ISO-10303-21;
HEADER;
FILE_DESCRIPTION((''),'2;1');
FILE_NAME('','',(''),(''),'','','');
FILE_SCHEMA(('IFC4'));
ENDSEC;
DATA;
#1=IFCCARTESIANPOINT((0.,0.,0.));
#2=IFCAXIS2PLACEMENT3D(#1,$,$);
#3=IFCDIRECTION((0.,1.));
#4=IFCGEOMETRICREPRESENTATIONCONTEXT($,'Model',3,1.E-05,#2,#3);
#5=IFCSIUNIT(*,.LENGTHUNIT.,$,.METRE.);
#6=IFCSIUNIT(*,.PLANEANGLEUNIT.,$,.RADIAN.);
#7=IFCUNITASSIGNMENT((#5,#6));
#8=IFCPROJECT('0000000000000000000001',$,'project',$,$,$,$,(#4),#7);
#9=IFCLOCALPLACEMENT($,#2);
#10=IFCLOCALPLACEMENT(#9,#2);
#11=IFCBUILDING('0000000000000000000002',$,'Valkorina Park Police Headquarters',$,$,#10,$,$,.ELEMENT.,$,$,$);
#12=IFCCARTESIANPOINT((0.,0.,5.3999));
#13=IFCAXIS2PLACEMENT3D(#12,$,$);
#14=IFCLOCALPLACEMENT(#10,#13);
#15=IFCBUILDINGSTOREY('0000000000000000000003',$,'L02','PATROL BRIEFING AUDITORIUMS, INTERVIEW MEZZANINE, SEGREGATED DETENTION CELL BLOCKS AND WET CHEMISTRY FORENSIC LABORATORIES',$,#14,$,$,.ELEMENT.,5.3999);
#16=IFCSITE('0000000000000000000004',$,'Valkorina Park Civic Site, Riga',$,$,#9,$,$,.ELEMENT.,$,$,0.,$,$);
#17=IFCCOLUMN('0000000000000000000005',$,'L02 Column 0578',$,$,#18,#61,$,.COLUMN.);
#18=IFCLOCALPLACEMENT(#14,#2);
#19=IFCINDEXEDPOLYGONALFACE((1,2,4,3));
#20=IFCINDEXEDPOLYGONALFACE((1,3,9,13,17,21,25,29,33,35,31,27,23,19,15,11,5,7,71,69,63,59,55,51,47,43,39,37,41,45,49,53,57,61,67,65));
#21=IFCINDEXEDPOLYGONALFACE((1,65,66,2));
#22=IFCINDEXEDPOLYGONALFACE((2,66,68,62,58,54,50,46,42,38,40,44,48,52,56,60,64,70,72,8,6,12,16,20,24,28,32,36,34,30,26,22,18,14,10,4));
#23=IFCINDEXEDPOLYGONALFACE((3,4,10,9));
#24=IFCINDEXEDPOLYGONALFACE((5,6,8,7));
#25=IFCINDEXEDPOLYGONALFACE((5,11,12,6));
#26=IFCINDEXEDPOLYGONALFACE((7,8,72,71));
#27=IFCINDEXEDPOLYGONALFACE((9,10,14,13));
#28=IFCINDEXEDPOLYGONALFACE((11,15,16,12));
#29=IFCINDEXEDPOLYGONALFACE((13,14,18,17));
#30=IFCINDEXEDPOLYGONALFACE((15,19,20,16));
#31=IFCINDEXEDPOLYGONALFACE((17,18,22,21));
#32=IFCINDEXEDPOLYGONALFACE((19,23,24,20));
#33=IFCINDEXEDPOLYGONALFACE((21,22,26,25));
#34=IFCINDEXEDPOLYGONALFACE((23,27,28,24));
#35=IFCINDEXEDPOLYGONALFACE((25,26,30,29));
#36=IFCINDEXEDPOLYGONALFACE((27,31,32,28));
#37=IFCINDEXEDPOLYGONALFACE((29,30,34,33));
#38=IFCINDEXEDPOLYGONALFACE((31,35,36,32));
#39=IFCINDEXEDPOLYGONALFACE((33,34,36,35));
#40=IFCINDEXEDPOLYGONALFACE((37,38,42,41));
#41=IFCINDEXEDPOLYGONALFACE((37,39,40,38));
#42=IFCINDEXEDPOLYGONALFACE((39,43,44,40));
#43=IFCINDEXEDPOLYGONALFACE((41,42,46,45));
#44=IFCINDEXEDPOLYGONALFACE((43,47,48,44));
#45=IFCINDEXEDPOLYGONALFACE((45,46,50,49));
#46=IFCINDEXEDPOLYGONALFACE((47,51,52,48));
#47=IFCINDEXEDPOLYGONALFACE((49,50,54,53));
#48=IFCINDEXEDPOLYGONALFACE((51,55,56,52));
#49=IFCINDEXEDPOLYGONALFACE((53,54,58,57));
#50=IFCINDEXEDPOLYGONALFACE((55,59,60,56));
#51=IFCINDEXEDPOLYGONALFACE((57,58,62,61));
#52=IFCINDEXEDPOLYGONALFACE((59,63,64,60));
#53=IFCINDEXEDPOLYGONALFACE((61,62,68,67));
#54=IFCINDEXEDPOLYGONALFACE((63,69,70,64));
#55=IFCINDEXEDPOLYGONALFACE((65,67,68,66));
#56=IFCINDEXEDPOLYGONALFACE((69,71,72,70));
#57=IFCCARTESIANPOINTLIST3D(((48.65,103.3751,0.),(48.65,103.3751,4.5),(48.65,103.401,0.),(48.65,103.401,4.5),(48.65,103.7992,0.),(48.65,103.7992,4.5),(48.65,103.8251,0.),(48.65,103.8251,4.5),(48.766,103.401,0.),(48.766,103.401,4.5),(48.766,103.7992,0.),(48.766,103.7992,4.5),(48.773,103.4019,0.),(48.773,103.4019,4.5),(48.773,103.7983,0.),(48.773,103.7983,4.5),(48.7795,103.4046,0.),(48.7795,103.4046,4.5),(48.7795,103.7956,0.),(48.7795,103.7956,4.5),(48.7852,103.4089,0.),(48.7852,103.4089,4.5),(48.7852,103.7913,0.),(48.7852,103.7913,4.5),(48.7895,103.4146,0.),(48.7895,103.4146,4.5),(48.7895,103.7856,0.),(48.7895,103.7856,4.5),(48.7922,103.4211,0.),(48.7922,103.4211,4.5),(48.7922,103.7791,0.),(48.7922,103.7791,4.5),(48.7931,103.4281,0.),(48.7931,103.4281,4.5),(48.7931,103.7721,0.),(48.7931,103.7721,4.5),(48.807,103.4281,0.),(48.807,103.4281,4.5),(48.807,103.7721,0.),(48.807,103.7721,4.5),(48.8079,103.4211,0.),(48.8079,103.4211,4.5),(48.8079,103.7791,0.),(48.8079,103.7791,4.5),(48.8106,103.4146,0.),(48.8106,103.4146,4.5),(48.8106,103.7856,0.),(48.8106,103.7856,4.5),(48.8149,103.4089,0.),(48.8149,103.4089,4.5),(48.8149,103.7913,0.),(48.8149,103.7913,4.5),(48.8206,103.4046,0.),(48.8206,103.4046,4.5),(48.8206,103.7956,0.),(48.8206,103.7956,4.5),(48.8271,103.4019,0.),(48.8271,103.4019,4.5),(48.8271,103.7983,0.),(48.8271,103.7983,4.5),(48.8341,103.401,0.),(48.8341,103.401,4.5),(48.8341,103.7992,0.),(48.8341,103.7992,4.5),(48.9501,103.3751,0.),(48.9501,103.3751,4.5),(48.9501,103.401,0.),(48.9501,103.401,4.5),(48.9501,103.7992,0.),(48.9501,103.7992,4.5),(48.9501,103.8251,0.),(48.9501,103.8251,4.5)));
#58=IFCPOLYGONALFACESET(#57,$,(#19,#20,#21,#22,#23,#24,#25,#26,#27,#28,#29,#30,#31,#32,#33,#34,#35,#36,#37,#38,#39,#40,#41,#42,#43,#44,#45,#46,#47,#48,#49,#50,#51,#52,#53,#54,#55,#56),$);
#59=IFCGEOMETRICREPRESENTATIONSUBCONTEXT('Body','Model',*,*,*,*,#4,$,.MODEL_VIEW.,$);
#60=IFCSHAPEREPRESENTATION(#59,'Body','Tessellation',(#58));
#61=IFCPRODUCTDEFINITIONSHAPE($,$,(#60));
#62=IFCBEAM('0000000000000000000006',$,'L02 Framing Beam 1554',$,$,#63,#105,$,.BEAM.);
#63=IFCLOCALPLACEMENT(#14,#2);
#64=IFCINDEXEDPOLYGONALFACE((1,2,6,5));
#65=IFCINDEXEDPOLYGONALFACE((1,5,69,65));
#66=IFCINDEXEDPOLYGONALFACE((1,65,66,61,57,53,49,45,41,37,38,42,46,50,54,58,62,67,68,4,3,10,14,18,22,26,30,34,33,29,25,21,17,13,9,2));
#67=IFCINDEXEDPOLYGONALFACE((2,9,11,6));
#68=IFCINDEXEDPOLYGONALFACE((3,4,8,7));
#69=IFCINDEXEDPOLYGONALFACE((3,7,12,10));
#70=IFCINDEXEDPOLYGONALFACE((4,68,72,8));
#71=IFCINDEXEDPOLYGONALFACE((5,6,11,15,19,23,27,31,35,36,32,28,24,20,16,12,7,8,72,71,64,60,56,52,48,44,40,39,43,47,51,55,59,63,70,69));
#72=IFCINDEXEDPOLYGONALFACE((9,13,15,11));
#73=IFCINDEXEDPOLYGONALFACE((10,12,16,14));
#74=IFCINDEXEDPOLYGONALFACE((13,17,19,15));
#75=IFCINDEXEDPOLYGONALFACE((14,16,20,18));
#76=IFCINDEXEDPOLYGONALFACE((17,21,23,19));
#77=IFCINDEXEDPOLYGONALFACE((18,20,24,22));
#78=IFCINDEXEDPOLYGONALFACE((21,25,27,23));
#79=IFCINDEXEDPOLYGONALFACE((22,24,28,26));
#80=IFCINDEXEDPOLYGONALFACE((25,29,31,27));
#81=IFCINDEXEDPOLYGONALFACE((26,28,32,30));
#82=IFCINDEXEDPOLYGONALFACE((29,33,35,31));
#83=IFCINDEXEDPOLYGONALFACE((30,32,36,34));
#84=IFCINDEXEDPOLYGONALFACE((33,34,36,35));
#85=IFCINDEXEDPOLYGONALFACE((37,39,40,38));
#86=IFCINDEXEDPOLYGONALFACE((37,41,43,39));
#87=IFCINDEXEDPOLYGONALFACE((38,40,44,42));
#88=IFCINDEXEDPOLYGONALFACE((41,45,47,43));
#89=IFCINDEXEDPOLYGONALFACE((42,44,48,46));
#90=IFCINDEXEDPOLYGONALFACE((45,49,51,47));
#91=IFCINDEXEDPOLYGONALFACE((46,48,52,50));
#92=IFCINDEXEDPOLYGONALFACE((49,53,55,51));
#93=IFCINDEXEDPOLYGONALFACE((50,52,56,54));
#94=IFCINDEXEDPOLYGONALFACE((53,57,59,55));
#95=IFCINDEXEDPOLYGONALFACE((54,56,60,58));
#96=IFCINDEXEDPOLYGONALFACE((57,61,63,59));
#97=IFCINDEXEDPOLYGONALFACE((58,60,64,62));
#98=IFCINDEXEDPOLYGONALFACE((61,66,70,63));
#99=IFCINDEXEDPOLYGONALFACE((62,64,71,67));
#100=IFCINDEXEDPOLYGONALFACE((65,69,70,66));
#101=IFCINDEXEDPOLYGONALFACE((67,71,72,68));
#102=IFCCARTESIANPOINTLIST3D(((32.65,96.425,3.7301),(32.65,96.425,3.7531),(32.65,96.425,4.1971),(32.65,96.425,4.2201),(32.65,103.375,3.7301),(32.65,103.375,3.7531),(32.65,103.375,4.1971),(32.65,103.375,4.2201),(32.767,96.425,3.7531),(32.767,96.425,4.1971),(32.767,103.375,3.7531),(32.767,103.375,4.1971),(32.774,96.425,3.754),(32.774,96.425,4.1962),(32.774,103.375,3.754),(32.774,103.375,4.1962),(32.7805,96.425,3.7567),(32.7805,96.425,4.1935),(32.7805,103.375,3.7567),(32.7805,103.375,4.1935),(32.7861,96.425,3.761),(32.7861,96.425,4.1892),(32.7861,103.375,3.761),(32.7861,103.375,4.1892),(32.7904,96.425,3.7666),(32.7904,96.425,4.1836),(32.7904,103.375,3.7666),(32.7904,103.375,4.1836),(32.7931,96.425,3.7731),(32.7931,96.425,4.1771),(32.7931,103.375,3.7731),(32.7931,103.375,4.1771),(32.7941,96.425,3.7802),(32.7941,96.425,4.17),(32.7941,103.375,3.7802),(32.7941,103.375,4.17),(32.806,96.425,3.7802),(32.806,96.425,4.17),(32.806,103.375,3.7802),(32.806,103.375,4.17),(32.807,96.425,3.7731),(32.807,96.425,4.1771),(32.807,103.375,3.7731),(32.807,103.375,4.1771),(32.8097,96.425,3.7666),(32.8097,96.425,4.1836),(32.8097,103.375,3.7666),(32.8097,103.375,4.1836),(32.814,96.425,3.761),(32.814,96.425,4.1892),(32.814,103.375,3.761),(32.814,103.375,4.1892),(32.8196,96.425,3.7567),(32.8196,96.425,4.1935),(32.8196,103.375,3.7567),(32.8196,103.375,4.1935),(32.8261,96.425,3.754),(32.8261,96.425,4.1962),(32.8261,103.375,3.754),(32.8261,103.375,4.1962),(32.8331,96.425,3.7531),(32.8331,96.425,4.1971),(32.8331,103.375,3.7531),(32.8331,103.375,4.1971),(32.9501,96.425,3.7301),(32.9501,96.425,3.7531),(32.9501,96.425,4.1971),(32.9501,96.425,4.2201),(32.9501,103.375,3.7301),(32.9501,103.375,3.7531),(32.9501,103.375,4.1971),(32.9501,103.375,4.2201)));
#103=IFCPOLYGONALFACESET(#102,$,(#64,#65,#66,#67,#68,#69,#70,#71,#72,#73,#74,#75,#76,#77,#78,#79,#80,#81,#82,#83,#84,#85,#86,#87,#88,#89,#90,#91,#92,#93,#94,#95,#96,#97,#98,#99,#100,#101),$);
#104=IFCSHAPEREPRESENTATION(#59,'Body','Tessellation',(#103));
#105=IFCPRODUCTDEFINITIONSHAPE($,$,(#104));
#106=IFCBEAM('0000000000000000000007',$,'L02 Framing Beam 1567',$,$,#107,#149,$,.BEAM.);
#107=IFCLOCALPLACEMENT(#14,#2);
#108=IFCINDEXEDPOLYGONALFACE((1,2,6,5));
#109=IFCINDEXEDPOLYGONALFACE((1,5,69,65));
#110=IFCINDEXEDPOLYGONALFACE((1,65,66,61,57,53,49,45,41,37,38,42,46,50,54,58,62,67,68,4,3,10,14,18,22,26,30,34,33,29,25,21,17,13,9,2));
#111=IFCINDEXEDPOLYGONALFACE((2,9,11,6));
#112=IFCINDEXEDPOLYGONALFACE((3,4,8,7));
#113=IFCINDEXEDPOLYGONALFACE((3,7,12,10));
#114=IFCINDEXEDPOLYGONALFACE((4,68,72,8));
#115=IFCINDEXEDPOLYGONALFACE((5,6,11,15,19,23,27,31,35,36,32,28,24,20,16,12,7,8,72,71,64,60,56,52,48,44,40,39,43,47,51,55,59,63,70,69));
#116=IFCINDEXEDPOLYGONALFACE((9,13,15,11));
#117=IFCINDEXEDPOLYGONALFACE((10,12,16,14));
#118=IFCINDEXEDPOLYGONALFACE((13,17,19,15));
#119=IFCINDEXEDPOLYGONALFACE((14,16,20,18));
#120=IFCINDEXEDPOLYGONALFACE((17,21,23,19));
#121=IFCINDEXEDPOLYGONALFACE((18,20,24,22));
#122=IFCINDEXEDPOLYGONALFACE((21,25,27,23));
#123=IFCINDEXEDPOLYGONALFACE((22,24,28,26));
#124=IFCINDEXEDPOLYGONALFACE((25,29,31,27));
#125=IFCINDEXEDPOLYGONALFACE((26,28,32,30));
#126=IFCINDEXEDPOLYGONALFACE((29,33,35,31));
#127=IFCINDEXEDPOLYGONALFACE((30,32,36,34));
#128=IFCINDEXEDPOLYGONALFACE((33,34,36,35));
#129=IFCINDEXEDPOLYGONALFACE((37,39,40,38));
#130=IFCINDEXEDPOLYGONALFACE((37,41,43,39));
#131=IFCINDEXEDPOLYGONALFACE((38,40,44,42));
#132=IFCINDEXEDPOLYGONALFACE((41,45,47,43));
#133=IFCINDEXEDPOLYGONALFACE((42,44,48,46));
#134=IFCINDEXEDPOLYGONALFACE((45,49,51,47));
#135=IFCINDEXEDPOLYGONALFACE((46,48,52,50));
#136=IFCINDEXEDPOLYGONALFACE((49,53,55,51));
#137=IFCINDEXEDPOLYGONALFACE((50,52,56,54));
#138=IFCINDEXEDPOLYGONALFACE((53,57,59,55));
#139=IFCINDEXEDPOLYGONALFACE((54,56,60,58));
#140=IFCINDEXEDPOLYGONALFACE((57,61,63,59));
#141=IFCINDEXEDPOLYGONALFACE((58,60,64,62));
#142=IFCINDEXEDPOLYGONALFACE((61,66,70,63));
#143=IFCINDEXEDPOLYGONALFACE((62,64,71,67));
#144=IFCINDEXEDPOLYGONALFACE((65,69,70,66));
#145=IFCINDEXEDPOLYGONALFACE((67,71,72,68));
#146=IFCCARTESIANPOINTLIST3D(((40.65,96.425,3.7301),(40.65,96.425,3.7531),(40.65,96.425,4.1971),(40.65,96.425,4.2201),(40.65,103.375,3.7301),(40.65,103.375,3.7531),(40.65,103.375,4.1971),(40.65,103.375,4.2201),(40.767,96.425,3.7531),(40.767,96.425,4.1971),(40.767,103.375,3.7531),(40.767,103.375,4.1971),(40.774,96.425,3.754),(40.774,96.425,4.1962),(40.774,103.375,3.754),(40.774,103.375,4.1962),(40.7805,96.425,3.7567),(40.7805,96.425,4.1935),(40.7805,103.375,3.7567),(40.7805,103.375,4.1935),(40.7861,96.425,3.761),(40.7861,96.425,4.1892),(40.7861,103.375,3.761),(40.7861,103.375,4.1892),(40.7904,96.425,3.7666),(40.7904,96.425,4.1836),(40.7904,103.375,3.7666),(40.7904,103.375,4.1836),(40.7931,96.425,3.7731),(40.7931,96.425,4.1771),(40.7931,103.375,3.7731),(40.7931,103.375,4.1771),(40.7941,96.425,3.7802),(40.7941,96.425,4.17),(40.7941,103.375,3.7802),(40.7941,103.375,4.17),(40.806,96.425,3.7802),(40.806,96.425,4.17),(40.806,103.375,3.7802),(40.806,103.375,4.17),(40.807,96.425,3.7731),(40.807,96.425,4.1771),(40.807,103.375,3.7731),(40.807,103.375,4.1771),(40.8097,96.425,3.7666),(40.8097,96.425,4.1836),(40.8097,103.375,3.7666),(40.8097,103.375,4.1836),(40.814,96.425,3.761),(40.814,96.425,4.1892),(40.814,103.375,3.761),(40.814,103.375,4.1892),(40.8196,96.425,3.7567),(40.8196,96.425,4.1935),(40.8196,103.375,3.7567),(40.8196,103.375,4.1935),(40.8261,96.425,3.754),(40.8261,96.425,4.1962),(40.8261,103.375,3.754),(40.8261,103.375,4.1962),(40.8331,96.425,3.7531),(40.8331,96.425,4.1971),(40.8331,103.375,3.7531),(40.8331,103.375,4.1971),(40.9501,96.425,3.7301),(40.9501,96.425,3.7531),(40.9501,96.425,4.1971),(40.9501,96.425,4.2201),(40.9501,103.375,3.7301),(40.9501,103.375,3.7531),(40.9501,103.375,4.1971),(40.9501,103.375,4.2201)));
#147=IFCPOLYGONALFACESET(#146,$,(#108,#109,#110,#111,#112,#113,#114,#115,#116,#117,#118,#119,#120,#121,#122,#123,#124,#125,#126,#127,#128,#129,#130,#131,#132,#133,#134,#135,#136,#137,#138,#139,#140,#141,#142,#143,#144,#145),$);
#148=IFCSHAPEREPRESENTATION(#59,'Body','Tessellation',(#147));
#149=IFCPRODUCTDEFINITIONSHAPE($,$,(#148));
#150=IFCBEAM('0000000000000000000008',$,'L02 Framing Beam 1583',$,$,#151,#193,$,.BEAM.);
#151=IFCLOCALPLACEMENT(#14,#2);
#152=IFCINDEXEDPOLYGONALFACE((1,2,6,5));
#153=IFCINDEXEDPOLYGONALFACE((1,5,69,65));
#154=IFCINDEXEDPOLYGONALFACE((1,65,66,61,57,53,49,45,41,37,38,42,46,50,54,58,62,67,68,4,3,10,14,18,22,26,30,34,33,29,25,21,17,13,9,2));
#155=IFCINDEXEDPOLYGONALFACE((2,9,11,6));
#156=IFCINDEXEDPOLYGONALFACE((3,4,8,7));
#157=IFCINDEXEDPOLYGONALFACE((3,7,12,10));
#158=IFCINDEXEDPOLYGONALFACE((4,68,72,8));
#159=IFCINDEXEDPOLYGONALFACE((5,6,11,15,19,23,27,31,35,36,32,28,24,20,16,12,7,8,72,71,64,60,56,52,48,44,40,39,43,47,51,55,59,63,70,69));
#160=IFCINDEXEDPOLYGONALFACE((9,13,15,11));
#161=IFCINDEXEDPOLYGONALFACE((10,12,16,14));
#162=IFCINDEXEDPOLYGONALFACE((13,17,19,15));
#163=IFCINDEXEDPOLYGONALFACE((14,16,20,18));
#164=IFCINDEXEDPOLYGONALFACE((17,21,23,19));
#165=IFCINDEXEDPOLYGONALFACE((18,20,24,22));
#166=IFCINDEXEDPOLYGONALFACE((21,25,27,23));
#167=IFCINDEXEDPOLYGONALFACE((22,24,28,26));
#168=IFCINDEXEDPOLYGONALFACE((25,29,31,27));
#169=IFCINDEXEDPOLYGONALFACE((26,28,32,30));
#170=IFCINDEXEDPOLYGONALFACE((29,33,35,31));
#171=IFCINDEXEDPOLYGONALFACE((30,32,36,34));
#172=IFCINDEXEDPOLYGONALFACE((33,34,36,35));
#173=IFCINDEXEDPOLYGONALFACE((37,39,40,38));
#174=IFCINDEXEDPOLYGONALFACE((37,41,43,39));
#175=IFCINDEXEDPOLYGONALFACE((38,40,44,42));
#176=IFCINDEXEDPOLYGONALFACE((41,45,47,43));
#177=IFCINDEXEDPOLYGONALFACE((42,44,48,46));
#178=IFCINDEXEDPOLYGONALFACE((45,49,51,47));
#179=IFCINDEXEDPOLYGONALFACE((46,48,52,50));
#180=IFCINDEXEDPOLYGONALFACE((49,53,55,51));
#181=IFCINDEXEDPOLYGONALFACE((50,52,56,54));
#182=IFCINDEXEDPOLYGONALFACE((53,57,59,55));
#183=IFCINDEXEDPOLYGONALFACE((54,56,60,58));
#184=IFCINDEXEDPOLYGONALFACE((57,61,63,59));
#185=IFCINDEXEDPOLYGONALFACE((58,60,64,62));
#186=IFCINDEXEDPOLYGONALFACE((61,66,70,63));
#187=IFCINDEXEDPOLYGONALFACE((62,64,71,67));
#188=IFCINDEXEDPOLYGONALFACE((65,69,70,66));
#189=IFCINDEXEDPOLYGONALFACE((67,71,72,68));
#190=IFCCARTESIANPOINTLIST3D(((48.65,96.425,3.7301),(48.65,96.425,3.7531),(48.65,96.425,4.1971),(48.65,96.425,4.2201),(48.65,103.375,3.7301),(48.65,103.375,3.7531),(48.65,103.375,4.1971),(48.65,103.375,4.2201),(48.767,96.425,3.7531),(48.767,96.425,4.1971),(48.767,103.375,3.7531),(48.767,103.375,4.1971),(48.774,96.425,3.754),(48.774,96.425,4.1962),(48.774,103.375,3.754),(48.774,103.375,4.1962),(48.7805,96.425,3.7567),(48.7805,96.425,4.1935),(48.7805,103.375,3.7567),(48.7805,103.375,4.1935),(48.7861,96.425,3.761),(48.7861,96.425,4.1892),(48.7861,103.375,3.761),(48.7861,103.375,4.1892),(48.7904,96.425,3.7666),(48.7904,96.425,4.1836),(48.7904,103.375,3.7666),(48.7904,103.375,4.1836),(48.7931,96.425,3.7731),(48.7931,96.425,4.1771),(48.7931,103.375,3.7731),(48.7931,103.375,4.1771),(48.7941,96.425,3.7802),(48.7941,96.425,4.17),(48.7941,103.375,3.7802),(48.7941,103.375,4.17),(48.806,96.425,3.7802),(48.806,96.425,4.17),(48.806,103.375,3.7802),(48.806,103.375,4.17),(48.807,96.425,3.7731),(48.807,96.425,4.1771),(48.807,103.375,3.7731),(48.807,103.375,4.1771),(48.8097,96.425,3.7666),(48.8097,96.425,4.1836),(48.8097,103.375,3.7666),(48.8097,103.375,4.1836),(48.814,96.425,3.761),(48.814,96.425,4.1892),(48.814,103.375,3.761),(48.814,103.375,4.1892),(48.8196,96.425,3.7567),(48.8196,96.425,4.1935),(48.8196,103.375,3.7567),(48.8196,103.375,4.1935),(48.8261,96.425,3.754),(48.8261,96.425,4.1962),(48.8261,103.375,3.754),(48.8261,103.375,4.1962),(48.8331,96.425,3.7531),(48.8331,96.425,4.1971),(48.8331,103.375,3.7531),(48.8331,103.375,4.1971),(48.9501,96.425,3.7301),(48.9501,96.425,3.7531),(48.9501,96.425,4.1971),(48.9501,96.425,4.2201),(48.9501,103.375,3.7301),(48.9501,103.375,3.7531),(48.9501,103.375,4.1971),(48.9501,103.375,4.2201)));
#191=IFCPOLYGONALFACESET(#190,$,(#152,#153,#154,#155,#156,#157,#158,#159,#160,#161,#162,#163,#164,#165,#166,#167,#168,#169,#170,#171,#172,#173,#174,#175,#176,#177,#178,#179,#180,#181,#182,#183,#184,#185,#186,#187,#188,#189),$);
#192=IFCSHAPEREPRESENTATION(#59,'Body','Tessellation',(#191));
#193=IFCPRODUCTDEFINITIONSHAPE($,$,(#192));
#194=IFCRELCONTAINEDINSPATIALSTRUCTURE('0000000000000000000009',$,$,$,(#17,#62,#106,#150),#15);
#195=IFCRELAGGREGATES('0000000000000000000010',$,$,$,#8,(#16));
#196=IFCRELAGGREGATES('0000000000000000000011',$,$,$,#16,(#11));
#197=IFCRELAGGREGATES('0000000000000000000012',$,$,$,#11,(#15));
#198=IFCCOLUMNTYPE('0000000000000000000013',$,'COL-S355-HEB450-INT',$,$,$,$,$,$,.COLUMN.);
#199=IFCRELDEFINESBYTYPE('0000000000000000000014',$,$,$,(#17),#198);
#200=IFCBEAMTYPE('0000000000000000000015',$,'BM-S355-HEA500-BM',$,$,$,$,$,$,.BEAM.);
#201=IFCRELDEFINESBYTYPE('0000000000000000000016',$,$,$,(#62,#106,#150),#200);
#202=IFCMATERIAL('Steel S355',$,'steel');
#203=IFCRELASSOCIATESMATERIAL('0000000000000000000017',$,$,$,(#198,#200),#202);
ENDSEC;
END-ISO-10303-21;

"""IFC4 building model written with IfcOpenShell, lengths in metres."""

from ifc_helpers import new_model, si_unit, direction, frame, origin, origin_2d, place, context, subcontext, project, spatial, i_section, extrude, material, material_profile, profile_set, type_object, element, save


model = new_model("IFC4")

# Units and contexts
model_context = context("Model", 3, precision=1e-05, world=origin(), true_north=direction((0.0, 1.0)))
body_context = subcontext(model_context, "Body", "Model", "MODEL_VIEW")
ifc_project = project(units=[si_unit("LENGTHUNIT", "METRE"), si_unit("PLANEANGLEUNIT", "RADIAN")], contexts=[model_context])

# Site, building, storey
site_placement = place(None, origin())
site = spatial("IfcSite", under=ifc_project, at=site_placement, Name="Valkorina Park Civic Site, Riga", CompositionType="ELEMENT", RefElevation=0.0)
building_placement = place(site_placement, origin())
building = spatial("IfcBuilding", under=site, at=building_placement, Name="Valkorina Park Police Headquarters", CompositionType="ELEMENT")
storey_placement = place(building_placement, frame((0.0, 0.0, 5.3999)))
storey = spatial("IfcBuildingStorey", under=building, at=storey_placement, Name="L02", Description="PATROL BRIEFING AUDITORIUMS, INTERVIEW MEZZANINE, SEGREGATED DETENTION CELL BLOCKS AND WET CHEMISTRY FORENSIC LABORATORIES", CompositionType="ELEMENT", Elevation=5.3999)

# Column
ifc_material_1 = material(Name="Steel S355", Category="steel")
ifc_material_profile_1 = material_profile(ifc_material_1, i_section(OverallWidth=0.3, OverallDepth=0.45, WebThickness=0.0139, FlangeThickness=0.0259, FilletRadius=0.0271, at=origin_2d()), Name="HEB 450")
ifc_profile_set_1 = profile_set([ifc_material_profile_1], Name="Steel S355")
column_type = type_object("IfcColumnType", Name="COL-S355-HEB450-INT", PredefinedType="COLUMN", material=ifc_profile_set_1)
for number, where, z_axis, x_axis, name in (
    (1, (48.8, 103.6001, 0.0), (0.0, 0.0, 1.0), (1.0, 0.0, 0.0), "L02 Column 0578"),
):
    element("IfcColumn", number, at=place(storey_placement, frame(where, z_axis=z_axis, x_axis=x_axis)), inside=storey, type_object=column_type, Name=name, PredefinedType="COLUMN", context=body_context, shape_type="SweptSolid", body=[
        extrude(i_section(OverallWidth=0.3, OverallDepth=0.45, WebThickness=0.0139, FlangeThickness=0.0259, FilletRadius=0.0271, at=origin_2d()), origin(), (0.0, 0.0, 1.0), 4.5),
    ])

# Beams
ifc_material_profile_2 = material_profile(ifc_material_1, i_section(OverallWidth=0.3, OverallDepth=0.49, WebThickness=0.012, FlangeThickness=0.0229, FilletRadius=0.0271, at=origin_2d()), Name="HEA 500")
ifc_profile_set_2 = profile_set([ifc_material_profile_2], Name="Steel S355")
beam_type_1 = type_object("IfcBeamType", Name="BM-S355-HEA500-BM", PredefinedType="BEAM", material=ifc_profile_set_2)
for number, where, z_axis, x_axis, name in (
    (2, (32.8, 96.425, 3.9751), (0.0, 1.0, 0.0), (-1.0, 0.0, 0.0), "L02 Framing Beam 1554"),
    (3, (40.8, 96.425, 3.9751), (0.0, 1.0, 0.0), (-1.0, 0.0, 0.0), "L02 Framing Beam 1567"),
    (4, (48.8, 96.425, 3.9751), (0.0, 1.0, 0.0), (-1.0, 0.0, 0.0), "L02 Framing Beam 1583"),
):
    element("IfcBeam", number, at=place(storey_placement, frame(where, z_axis=z_axis, x_axis=x_axis)), inside=storey, type_object=beam_type_1, Name=name, PredefinedType="BEAM", context=body_context, shape_type="SweptSolid", body=[
        extrude(i_section(OverallWidth=0.3, OverallDepth=0.49, WebThickness=0.012, FlangeThickness=0.0229, FilletRadius=0.0271, at=origin_2d()), origin(), (0.0, 0.0, 1.0), 6.95),
    ])

save(model, "model.ifc")
